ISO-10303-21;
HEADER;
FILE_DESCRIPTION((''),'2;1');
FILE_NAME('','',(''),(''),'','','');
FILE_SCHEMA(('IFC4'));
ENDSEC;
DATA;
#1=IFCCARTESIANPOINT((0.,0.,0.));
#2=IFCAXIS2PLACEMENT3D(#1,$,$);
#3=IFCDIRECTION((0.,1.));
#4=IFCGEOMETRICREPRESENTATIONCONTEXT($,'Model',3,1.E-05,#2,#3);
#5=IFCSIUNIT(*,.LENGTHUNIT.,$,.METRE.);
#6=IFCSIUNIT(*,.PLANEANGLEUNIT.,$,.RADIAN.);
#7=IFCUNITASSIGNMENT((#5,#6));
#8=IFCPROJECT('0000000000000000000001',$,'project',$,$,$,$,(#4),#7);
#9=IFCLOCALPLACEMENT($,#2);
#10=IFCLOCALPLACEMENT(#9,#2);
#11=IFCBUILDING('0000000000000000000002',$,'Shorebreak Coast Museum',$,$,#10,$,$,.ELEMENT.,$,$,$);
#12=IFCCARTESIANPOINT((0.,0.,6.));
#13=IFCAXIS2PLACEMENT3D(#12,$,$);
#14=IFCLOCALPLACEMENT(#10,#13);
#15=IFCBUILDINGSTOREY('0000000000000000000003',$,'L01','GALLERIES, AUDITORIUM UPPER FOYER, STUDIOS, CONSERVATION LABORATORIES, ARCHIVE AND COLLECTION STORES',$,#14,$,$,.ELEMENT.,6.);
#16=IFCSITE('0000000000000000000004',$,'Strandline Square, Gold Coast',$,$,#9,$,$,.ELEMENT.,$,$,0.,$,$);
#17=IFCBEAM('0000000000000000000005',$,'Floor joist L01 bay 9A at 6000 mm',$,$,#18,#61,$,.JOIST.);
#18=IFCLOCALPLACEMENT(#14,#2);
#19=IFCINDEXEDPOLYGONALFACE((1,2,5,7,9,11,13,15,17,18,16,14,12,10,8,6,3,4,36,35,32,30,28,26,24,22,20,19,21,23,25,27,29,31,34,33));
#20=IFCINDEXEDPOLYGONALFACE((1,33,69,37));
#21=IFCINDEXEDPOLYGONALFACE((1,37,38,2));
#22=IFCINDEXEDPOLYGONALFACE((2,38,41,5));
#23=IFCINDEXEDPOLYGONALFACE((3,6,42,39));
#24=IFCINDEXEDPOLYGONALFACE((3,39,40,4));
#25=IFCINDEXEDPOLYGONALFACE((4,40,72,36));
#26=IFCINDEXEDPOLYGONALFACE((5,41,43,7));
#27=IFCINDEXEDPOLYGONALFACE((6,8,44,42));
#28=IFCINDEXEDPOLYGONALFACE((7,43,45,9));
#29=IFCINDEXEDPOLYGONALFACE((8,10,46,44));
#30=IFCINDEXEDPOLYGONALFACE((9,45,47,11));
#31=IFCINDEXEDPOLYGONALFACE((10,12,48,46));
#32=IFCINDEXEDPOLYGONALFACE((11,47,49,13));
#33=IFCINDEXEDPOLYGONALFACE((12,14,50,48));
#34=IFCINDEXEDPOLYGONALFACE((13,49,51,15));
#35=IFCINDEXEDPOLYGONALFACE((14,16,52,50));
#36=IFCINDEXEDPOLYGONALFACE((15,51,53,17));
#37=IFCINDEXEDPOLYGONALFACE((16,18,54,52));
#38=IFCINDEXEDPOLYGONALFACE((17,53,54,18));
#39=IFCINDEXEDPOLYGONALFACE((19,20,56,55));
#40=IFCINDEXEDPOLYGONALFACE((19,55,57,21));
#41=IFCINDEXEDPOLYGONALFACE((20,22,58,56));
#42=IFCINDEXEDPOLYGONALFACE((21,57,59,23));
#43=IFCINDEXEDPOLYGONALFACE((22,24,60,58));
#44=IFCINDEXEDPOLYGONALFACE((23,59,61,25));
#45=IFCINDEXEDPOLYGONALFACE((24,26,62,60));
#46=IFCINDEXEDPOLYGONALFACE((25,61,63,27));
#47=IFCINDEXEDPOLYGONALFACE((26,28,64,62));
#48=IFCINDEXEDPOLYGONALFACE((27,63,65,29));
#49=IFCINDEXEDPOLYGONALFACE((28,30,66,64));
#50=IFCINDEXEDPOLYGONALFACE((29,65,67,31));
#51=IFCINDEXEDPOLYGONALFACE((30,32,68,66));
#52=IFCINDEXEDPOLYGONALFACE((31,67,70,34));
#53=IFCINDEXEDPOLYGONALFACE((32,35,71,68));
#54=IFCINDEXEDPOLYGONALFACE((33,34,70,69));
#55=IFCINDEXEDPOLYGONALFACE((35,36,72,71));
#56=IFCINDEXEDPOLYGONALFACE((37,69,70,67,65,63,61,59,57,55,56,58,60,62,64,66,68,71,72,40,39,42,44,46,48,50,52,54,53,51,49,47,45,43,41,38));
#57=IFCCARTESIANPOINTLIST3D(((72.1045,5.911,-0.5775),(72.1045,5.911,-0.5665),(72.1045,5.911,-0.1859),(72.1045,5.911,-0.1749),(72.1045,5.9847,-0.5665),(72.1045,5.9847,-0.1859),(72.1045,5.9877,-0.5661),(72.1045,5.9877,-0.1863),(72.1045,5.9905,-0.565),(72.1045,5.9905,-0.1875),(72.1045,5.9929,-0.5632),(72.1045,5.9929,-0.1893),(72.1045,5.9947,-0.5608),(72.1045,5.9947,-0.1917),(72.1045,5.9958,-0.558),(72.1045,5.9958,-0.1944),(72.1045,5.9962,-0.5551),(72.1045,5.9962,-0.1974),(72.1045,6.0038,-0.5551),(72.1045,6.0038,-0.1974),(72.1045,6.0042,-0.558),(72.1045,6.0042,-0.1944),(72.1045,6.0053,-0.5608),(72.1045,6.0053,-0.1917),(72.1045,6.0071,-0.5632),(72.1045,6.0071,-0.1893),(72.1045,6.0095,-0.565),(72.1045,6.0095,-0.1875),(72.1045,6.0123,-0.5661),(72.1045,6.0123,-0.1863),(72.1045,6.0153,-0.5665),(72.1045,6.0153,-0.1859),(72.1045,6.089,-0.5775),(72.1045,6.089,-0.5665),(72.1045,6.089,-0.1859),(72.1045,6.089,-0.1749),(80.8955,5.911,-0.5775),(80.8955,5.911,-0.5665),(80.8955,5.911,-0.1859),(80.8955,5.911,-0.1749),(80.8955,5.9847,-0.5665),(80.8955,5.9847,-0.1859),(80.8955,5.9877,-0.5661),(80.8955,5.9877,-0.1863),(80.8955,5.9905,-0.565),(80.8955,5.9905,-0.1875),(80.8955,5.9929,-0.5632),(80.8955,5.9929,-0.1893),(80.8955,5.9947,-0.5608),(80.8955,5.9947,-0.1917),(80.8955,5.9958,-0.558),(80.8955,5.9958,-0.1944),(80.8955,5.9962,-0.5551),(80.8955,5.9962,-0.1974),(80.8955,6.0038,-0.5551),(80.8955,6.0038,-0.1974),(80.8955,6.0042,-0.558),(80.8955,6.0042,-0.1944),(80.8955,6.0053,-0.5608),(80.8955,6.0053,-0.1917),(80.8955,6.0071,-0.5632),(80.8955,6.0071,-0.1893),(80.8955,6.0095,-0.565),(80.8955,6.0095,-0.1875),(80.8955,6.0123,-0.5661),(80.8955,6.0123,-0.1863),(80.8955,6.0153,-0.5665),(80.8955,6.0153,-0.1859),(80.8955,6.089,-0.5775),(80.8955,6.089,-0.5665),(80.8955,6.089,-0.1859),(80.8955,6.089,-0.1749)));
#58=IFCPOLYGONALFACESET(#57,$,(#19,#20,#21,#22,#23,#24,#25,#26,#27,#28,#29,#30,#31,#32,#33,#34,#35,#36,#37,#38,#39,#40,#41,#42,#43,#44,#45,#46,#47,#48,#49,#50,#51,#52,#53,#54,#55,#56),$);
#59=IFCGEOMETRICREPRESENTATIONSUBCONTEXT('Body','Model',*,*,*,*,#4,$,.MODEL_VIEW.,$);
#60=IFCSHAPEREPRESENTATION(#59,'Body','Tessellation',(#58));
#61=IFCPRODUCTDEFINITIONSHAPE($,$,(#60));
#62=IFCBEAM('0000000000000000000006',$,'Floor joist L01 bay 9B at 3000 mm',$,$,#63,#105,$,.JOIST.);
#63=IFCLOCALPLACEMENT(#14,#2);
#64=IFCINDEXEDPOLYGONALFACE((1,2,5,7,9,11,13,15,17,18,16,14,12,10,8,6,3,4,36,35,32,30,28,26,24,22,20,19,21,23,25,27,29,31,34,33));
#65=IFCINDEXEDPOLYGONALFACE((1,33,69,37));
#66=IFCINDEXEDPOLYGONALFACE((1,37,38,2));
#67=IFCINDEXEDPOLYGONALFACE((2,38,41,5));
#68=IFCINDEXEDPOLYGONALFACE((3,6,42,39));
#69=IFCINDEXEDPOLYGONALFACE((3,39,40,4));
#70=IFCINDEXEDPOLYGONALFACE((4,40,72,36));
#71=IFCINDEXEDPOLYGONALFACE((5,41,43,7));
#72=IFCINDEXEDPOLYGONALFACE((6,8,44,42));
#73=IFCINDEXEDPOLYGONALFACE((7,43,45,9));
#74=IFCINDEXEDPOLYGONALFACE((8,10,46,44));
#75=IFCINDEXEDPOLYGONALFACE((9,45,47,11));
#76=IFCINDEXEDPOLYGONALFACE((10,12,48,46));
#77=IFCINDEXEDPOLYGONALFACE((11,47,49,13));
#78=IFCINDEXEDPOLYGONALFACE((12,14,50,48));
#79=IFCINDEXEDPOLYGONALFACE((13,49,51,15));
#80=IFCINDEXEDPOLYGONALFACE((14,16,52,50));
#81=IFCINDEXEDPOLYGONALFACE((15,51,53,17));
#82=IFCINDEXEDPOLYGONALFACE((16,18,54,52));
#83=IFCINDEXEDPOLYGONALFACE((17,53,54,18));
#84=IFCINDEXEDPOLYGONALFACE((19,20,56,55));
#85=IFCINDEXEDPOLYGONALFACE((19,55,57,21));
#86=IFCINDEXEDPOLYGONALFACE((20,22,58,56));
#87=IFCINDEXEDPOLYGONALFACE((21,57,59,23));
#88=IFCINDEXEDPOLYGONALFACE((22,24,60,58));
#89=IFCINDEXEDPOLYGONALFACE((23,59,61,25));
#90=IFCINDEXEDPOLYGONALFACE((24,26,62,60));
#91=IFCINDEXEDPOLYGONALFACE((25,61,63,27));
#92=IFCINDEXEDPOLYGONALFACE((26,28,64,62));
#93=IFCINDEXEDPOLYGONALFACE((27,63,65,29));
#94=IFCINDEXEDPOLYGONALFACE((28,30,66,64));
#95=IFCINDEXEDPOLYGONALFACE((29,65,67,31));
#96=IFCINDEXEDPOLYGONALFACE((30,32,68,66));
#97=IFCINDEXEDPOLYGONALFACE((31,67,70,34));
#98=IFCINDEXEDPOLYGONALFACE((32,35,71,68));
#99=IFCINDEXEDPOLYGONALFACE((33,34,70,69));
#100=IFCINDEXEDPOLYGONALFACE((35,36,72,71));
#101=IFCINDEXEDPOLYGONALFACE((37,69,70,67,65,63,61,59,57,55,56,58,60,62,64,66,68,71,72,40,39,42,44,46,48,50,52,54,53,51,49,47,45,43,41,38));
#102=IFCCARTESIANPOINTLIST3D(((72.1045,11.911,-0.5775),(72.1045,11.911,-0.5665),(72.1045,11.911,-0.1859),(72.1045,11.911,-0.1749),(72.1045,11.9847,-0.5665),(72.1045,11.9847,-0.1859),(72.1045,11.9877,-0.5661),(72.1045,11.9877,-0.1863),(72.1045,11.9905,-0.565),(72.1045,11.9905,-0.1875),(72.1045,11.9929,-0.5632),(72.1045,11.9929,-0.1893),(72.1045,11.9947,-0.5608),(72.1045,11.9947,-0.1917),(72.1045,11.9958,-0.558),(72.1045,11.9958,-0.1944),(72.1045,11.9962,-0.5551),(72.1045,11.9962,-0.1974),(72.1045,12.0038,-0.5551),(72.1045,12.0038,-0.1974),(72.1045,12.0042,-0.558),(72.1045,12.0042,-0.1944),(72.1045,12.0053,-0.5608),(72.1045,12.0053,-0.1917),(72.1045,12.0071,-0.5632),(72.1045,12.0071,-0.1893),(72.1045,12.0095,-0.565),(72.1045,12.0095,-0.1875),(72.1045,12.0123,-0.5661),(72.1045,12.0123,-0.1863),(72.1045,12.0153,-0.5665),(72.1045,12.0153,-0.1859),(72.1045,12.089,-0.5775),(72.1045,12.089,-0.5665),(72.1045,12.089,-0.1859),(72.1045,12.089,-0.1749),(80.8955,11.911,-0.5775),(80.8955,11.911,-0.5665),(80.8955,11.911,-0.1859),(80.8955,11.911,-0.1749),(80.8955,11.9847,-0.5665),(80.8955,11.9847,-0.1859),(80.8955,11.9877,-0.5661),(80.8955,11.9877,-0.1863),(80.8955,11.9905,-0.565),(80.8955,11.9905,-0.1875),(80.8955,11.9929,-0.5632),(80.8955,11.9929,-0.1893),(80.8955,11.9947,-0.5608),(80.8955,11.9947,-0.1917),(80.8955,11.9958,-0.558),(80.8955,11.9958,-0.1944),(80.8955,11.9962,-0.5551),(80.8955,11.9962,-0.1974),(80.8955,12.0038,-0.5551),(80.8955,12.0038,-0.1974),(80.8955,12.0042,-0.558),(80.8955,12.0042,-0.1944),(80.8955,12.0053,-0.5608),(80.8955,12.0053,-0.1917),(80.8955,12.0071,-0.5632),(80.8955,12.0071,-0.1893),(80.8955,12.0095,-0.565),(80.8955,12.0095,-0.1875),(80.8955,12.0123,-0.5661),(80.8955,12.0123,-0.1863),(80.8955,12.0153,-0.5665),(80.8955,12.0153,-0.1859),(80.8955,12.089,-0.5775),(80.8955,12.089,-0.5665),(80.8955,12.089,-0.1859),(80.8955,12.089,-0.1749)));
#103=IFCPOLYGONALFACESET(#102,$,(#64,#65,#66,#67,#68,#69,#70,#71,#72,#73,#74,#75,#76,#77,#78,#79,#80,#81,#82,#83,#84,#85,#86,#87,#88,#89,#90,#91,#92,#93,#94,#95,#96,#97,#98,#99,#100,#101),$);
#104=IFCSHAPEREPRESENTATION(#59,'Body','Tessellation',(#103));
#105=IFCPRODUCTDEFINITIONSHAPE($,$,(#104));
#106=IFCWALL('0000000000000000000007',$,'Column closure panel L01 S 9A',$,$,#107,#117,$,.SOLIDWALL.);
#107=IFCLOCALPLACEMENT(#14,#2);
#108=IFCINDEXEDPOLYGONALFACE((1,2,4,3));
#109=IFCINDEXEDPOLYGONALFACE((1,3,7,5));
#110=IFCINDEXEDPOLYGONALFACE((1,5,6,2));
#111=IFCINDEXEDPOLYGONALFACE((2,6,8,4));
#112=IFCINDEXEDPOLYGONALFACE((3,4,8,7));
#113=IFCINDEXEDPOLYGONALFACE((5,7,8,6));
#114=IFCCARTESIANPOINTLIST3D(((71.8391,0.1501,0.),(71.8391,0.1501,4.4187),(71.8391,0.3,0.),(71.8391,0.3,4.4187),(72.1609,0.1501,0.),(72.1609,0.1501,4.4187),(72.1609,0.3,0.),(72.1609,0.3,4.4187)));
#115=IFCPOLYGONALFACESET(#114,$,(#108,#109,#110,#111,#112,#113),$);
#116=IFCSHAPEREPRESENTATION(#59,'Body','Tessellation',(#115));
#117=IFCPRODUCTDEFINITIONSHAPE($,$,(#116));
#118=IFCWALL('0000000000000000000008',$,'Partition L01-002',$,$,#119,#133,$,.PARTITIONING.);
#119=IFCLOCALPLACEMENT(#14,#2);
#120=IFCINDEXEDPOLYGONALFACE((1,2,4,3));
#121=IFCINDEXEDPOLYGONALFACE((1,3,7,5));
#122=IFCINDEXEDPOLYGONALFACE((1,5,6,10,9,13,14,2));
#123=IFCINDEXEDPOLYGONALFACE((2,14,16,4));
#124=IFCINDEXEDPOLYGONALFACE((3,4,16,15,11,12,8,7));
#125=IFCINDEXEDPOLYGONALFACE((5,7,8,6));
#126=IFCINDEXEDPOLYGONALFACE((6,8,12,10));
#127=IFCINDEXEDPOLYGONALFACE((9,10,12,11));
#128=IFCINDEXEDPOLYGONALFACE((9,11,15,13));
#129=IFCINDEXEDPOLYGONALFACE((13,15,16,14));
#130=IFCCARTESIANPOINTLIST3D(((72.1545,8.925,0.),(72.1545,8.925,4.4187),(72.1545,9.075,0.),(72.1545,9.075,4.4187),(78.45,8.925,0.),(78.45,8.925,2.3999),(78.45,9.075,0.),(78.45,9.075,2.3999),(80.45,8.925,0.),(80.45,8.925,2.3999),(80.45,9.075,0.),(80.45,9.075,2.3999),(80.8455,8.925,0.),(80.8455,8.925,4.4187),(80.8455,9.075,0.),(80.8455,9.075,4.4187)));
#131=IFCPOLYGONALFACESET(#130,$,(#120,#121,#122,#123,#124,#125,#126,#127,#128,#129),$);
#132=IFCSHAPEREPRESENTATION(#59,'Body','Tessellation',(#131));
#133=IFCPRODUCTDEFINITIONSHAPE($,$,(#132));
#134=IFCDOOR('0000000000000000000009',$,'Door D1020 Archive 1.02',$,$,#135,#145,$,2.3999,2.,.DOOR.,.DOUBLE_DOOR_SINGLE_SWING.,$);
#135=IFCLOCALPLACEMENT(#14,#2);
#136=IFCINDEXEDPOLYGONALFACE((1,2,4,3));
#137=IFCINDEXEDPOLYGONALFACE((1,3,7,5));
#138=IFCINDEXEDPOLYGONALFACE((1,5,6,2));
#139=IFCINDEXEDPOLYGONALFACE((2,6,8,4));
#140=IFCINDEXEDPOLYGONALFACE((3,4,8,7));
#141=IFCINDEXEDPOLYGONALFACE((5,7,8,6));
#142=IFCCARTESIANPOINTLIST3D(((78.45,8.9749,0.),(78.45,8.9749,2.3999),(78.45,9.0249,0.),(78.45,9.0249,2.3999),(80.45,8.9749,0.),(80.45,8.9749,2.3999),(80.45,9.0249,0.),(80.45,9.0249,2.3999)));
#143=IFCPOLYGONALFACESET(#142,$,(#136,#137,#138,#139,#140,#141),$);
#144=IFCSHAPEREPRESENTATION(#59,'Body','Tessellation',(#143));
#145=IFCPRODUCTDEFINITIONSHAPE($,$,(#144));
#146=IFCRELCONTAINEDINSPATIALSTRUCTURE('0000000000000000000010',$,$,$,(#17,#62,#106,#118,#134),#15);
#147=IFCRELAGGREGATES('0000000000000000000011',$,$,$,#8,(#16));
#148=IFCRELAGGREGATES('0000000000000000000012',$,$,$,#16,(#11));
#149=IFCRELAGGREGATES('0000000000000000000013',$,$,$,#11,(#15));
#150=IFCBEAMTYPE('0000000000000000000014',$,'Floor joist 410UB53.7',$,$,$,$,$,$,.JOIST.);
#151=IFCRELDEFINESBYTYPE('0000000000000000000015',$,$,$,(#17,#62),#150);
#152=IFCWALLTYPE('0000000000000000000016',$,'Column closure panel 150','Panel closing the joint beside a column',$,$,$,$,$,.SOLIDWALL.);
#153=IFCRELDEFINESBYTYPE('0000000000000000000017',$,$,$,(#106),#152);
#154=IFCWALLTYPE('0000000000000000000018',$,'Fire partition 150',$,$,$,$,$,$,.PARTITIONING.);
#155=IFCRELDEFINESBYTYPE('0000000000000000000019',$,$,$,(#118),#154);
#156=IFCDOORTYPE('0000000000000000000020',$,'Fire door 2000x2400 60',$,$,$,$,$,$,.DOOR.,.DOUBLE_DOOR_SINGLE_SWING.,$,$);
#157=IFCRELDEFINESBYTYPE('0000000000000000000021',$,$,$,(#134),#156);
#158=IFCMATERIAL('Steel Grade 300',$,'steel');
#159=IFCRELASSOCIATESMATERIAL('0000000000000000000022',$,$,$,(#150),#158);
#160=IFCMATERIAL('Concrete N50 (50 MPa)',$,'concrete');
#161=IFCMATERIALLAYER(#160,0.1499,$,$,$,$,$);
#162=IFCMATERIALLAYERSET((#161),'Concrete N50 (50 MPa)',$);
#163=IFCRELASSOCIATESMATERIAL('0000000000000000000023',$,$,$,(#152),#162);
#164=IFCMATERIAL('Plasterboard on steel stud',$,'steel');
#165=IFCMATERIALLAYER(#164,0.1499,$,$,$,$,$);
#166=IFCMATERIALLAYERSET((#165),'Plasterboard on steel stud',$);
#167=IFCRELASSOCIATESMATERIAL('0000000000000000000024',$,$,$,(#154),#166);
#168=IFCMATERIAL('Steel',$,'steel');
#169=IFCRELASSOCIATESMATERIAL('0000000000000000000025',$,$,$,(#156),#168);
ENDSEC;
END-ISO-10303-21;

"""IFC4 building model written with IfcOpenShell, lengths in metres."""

from ifc_helpers import new_model, si_unit, direction, frame, frame_2d, origin, origin_2d, place, context, subcontext, project, spatial, rectangle, i_section, extrude, material, layer, layer_set, material_profile, profile_set, type_object, element, fill, save


model = new_model("IFC4")

# Units and contexts
model_context = context("Model", 3, precision=1e-05, world=origin(), true_north=direction((0.0, 1.0)))
body_context = subcontext(model_context, "Body", "Model", "MODEL_VIEW")
ifc_project = project(units=[si_unit("LENGTHUNIT", "METRE"), si_unit("PLANEANGLEUNIT", "RADIAN")], contexts=[model_context])

# Site, building, storey
site_placement = place(None, origin())
site = spatial("IfcSite", under=ifc_project, at=site_placement, Name="Strandline Square, Gold Coast", CompositionType="ELEMENT", RefElevation=0.0)
building_placement = place(site_placement, origin())
building = spatial("IfcBuilding", under=site, at=building_placement, Name="Shorebreak Coast Museum", CompositionType="ELEMENT")
storey_placement = place(building_placement, frame((0.0, 0.0, 6.0)))
storey = spatial("IfcBuildingStorey", under=building, at=storey_placement, Name="L01", Description="GALLERIES, AUDITORIUM UPPER FOYER, STUDIOS, CONSERVATION LABORATORIES, ARCHIVE AND COLLECTION STORES", CompositionType="ELEMENT", Elevation=6.0)

# Beams
ifc_material_1 = material(Name="Steel Grade 300", Category="steel")
ifc_material_profile_1 = material_profile(ifc_material_1, i_section(OverallWidth=0.178, OverallDepth=0.4026, WebThickness=0.0076, FlangeThickness=0.011, FilletRadius=0.0115, at=origin_2d()), Name="410UB53.7")
ifc_profile_set_1 = profile_set([ifc_material_profile_1], Name="Steel Grade 300")
beam_type_1 = type_object("IfcBeamType", Name="Floor joist 410UB53.7", PredefinedType="JOIST", material=ifc_profile_set_1)
for number, where, z_axis, x_axis, name in (
    (1, (72.1045, 6.0, -0.3762), (1.0, 0.0, 0.0), (0.0, 1.0, 0.0), "Floor joist L01 bay 9A at 6000 mm"),
    (2, (72.1045, 12.0, -0.3762), (1.0, 0.0, 0.0), (0.0, 1.0, 0.0), "Floor joist L01 bay 9B at 3000 mm"),
):
    element("IfcBeam", number, at=place(storey_placement, frame(where, z_axis=z_axis, x_axis=x_axis)), inside=storey, type_object=beam_type_1, Name=name, PredefinedType="JOIST", context=body_context, shape_type="SweptSolid", body=[
        extrude(i_section(OverallWidth=0.178, OverallDepth=0.4026, WebThickness=0.0076, FlangeThickness=0.011, FilletRadius=0.0115, at=origin_2d()), origin(), (0.0, 0.0, 1.0), 8.791),
    ])

# Wall
ifc_material_2 = material(Name="Concrete N50 (50 MPa)", Category="concrete")
ifc_layer_1 = layer(ifc_material_2, 0.1499)
ifc_layer_set_1 = layer_set([ifc_layer_1], Name="Concrete N50 (50 MPa)")
wall_type_1 = type_object("IfcWallType", Name="Column closure panel 150", Description="Panel closing the joint beside a column", PredefinedType="SOLIDWALL", material=ifc_layer_set_1)
wall_1_placement = place(storey_placement, frame((71.8391, 0.2251, 0.0), z_axis=(0.0, 0.0, 1.0), x_axis=(1.0, 0.0, 0.0)))
element("IfcWall", 3, at=wall_1_placement, inside=storey, type_object=wall_type_1, Name="Column closure panel L01 S 9A", PredefinedType="SOLIDWALL", context=body_context, shape_type="SweptSolid", body=[
    extrude(rectangle(XDim=0.3218, YDim=0.1499, at=frame_2d((0.1609, 0.0))), origin(), (0.0, 0.0, 1.0), 4.4187),
])

# Wall, opening, door
ifc_material_3 = material(Name="Plasterboard on steel stud", Category="steel")
ifc_layer_2 = layer(ifc_material_3, 0.1499)
ifc_layer_set_2 = layer_set([ifc_layer_2], Name="Plasterboard on steel stud")
wall_type_2 = type_object("IfcWallType", Name="Fire partition 150", PredefinedType="PARTITIONING", material=ifc_layer_set_2)
wall_2_placement = place(storey_placement, frame((72.1545, 9.0, 0.0), z_axis=(0.0, 0.0, 1.0), x_axis=(1.0, 0.0, 0.0)))
wall_2 = element("IfcWall", 4, at=wall_2_placement, inside=storey, type_object=wall_type_2, Name="Partition L01-002", PredefinedType="PARTITIONING", context=body_context, shape_type="SweptSolid", body=[
    extrude(rectangle(XDim=8.6909, YDim=0.1499, at=frame_2d((4.3455, 0.0))), origin(), (0.0, 0.0, 1.0), 4.4187),
])
opening_1_placement = place(wall_2_placement, frame((6.2954, 0.0, 0.0)))
opening_1 = element("IfcOpeningElement", 5, at=opening_1_placement, cuts=wall_2, PredefinedType="OPENING", context=body_context, shape_type="SweptSolid", body=[
    extrude(rectangle(XDim=2.0, YDim=2.3999, at=frame_2d((1.0, 1.2))), frame((0.0, 0.085, 0.0), z_axis=(0.0, -1.0, 0.0), x_axis=(1.0, 0.0, 0.0)), (0.0, 0.0, 1.0), 0.1699),
])
ifc_material_4 = material(Name="Steel", Category="steel")
door_type = type_object("IfcDoorType", Name="Fire door 2000x2400 60", OperationType="DOUBLE_DOOR_SINGLE_SWING", PredefinedType="DOOR", material=ifc_material_4)
door_placement = place(opening_1_placement, origin())
door = element("IfcDoor", 6, at=door_placement, inside=storey, type_object=door_type, Name="Door D1020 Archive 1.02", OperationType="DOUBLE_DOOR_SINGLE_SWING", OverallHeight=2.3999, OverallWidth=2.0, PredefinedType="DOOR", context=body_context, shape_type="SweptSolid", body=[
    extrude(rectangle(XDim=2.0, YDim=2.3999, at=frame_2d((1.0, 1.2))), frame((0.0, 0.0249, 0.0), z_axis=(0.0, -1.0, 0.0), x_axis=(1.0, 0.0, 0.0)), (0.0, 0.0, 1.0), 0.05),
])
fill(opening_1, door)

save(model, "model.ifc")
